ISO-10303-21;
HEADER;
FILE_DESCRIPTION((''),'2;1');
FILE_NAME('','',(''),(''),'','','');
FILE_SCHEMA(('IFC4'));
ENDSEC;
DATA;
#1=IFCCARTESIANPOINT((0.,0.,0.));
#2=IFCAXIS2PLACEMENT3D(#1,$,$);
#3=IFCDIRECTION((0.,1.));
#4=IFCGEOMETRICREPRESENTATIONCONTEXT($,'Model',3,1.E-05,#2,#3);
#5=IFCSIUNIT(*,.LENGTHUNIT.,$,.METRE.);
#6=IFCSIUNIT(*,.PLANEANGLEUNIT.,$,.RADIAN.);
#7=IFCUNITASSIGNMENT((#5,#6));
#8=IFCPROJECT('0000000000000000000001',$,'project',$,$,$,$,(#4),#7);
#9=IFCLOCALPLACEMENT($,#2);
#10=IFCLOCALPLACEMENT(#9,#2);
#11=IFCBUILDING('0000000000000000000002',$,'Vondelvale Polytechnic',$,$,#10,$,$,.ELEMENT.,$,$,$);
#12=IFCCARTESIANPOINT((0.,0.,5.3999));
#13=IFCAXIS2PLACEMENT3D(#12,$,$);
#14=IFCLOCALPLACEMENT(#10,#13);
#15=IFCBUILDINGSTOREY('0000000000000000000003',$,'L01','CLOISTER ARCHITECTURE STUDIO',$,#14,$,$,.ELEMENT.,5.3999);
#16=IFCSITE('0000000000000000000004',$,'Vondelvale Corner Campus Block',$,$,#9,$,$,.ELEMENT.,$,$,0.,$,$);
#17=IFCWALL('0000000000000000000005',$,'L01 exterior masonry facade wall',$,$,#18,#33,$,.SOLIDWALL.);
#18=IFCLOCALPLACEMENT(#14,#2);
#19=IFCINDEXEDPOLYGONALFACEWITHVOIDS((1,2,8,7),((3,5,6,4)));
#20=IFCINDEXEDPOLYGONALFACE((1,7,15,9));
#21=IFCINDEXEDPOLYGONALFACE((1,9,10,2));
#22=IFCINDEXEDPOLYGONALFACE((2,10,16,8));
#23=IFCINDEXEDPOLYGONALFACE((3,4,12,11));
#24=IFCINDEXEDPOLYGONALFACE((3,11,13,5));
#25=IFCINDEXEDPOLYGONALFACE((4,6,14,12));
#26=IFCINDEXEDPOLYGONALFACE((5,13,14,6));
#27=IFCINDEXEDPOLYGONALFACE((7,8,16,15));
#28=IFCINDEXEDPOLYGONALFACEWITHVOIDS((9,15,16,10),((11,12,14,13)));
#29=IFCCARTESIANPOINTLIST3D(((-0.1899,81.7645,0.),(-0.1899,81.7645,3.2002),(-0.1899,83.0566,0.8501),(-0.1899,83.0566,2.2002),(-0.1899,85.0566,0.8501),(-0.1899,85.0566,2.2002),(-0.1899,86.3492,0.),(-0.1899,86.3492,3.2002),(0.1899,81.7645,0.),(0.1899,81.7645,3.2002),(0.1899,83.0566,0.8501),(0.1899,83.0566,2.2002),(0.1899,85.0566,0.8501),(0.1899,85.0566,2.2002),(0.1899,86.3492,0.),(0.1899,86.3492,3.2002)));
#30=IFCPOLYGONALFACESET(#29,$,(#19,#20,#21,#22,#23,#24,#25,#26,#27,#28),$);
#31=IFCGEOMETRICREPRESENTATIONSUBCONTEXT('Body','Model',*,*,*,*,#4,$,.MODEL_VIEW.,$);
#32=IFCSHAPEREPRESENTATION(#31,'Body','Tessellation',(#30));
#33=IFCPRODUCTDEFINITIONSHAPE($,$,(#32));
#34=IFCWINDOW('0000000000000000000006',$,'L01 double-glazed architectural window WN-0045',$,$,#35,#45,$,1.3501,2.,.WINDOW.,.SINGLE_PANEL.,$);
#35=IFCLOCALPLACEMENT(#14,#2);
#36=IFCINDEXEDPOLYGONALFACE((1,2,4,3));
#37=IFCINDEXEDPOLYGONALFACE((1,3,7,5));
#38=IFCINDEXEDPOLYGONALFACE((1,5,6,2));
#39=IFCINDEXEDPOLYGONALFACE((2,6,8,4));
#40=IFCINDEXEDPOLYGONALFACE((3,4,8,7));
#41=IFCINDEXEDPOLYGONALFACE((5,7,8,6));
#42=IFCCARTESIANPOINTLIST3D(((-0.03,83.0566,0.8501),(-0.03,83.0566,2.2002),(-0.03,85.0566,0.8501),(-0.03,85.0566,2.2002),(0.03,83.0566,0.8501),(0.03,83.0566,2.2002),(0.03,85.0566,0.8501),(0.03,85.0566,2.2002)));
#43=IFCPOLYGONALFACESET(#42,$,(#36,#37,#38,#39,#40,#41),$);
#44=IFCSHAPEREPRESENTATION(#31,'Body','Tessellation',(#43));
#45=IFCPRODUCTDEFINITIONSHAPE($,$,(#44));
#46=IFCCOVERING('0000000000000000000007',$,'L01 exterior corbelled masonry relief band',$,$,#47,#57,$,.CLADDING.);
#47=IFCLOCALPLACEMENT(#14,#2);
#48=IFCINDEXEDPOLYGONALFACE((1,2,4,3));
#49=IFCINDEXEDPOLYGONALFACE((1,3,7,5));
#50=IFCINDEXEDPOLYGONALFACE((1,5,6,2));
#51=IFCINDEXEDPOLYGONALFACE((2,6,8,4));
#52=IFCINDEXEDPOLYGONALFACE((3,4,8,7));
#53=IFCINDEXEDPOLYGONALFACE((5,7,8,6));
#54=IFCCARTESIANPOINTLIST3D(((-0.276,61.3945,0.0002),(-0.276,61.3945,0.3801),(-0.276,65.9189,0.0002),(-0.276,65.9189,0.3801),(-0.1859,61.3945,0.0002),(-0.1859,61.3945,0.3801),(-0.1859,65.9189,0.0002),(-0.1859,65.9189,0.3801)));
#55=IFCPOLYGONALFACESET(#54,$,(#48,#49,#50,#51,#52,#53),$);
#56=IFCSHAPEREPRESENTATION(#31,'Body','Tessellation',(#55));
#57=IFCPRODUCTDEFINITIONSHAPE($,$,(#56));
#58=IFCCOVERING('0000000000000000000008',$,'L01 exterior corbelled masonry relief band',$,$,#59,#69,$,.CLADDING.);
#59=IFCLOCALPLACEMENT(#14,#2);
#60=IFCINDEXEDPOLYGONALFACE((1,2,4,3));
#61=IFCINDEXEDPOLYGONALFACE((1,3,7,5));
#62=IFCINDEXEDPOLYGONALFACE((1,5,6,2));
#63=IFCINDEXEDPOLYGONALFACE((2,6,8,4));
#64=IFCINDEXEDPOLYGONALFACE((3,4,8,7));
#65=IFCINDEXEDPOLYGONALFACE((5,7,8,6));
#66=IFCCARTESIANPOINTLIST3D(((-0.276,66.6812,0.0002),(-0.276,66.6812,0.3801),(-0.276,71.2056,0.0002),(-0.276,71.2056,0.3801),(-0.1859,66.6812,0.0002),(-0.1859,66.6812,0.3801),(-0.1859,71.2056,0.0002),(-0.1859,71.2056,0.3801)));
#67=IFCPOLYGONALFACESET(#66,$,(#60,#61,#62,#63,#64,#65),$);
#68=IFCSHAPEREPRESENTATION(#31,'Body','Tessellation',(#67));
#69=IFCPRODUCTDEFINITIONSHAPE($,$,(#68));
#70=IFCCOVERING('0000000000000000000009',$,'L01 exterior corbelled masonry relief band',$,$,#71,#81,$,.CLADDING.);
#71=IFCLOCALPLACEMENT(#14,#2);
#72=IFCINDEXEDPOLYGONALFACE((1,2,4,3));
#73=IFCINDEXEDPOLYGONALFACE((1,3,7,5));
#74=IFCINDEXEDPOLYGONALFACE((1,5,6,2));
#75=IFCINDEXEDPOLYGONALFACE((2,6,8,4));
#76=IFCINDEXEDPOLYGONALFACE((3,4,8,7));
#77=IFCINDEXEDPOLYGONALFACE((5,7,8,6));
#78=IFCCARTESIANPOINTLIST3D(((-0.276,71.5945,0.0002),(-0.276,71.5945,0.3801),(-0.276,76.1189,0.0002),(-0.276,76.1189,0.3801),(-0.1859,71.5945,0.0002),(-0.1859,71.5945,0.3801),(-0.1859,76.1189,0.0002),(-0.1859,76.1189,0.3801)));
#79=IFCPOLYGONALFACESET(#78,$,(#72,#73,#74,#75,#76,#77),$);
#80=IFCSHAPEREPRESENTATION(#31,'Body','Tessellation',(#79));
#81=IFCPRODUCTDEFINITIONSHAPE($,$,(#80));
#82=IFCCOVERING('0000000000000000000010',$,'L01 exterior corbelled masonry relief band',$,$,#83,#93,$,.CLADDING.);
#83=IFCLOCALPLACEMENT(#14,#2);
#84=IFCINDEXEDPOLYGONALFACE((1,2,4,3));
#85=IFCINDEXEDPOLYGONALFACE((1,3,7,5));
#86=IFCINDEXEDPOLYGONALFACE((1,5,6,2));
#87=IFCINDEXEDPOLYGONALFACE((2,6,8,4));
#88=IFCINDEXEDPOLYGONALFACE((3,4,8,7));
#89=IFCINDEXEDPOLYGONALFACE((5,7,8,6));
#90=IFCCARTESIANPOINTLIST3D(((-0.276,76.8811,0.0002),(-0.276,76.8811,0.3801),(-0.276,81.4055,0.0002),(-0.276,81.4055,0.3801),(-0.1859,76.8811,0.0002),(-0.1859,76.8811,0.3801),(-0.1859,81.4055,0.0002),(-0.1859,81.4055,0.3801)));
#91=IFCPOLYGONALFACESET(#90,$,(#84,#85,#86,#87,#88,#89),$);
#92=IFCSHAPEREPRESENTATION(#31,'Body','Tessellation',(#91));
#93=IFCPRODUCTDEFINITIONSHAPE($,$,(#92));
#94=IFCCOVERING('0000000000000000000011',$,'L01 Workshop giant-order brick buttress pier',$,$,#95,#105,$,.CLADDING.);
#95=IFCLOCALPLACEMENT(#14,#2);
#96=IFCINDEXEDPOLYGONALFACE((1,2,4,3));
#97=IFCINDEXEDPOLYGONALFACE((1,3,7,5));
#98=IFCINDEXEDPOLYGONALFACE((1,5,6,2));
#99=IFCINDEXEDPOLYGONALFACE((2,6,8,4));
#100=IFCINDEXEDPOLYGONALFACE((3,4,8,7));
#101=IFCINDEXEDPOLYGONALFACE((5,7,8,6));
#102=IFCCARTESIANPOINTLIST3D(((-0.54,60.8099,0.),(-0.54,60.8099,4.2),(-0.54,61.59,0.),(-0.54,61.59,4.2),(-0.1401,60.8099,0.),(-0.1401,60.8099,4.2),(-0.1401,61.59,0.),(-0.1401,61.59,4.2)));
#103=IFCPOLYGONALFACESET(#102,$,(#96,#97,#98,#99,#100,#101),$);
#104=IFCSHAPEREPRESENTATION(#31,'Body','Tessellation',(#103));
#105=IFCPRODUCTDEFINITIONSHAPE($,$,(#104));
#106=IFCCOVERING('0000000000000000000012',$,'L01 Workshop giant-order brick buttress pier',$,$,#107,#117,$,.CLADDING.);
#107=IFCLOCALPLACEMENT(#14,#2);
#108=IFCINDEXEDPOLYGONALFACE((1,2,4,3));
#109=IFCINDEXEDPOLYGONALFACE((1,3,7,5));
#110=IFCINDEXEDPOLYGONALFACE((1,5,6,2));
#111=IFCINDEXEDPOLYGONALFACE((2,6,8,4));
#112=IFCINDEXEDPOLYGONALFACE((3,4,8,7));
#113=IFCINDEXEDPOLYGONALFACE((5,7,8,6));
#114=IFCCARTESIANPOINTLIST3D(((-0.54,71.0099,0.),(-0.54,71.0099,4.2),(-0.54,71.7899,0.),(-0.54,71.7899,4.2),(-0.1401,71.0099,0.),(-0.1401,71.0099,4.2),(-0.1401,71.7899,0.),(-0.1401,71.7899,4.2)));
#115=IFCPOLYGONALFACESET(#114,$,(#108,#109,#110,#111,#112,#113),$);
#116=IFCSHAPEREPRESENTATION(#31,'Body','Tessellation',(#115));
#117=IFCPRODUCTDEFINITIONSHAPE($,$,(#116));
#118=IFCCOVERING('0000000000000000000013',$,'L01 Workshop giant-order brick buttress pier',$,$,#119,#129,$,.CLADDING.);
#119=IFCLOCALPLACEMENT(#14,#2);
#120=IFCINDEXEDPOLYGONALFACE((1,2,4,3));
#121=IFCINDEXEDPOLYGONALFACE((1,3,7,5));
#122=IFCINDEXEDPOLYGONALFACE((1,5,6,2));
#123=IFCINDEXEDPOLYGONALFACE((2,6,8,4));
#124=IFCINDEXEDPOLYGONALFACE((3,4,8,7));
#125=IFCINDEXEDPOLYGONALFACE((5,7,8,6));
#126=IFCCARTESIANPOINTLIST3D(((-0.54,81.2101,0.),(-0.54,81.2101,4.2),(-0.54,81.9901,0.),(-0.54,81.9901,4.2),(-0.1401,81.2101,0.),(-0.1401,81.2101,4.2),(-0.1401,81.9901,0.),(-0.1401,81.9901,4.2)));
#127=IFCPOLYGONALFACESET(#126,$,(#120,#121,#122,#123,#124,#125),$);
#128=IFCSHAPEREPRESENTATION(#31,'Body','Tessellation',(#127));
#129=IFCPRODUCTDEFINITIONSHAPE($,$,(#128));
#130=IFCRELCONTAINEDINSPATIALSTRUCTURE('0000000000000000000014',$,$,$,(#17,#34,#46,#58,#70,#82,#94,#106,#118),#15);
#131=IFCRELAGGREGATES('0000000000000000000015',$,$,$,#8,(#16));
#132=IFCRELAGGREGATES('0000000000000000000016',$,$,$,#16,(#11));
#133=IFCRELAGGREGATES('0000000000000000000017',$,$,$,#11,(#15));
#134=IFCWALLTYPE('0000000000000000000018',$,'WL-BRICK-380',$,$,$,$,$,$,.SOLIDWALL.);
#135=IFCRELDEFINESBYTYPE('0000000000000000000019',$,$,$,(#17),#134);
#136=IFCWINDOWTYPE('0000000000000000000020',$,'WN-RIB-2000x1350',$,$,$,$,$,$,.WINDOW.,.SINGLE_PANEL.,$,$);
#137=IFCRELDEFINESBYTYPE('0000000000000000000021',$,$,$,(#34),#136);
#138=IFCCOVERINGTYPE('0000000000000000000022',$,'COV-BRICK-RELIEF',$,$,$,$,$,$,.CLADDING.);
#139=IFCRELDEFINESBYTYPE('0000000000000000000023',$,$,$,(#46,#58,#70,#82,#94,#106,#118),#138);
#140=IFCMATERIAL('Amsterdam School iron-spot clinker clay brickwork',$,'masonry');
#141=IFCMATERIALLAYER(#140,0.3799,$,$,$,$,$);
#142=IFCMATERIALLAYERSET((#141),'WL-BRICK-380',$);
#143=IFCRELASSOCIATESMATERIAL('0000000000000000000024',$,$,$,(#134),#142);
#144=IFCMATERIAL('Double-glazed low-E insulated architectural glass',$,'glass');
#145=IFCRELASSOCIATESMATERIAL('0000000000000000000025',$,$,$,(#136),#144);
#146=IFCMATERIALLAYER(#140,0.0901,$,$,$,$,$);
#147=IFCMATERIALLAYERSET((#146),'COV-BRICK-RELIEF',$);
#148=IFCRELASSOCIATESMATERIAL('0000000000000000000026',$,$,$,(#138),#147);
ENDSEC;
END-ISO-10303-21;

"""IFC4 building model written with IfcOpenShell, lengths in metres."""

from ifc_helpers import new_model, si_unit, direction, frame, frame_2d, origin, origin_2d, place, context, subcontext, project, spatial, rectangle, extrude, material, layer, layer_set, type_object, element, fill, save


model = new_model("IFC4")

# Units and contexts
model_context = context("Model", 3, precision=1e-05, world=origin(), true_north=direction((0.0, 1.0)))
body_context = subcontext(model_context, "Body", "Model", "MODEL_VIEW")
ifc_project = project(units=[si_unit("LENGTHUNIT", "METRE"), si_unit("PLANEANGLEUNIT", "RADIAN")], contexts=[model_context])

# Site, building, storey
site_placement = place(None, origin())
site = spatial("IfcSite", under=ifc_project, at=site_placement, Name="Vondelvale Corner Campus Block", CompositionType="ELEMENT", RefElevation=0.0)
building_placement = place(site_placement, origin())
building = spatial("IfcBuilding", under=site, at=building_placement, Name="Vondelvale Polytechnic", CompositionType="ELEMENT")
storey_placement = place(building_placement, frame((0.0, 0.0, 5.3999)))
storey = spatial("IfcBuildingStorey", under=building, at=storey_placement, Name="L01", Description="CLOISTER ARCHITECTURE STUDIO", CompositionType="ELEMENT", Elevation=5.3999)

# Wall, opening, window
ifc_material_1 = material(Name="Amsterdam School iron-spot clinker clay brickwork", Category="masonry")
ifc_layer_1 = layer(ifc_material_1, 0.3799)
ifc_layer_set_1 = layer_set([ifc_layer_1], Name="WL-BRICK-380")
wall_type = type_object("IfcWallType", Name="WL-BRICK-380", PredefinedType="SOLIDWALL", material=ifc_layer_set_1)
ifc_material_2 = material(Name="Double-glazed low-E insulated architectural glass", Category="glass")
window_type = type_object("IfcWindowType", Name="WN-RIB-2000x1350", PartitioningType="SINGLE_PANEL", PredefinedType="WINDOW", material=ifc_material_2)
wall_1_placement = place(storey_placement, frame((0.0, 81.7644, 0.0), z_axis=(0.0, 0.0, 1.0), x_axis=(0.0, 1.0, 0.0)))
wall_1 = element("IfcWall", 1, at=wall_1_placement, inside=storey, type_object=wall_type, Name="L01 exterior masonry facade wall", PredefinedType="SOLIDWALL", context=body_context, shape_type="SweptSolid", body=[
    extrude(rectangle(XDim=4.5847, YDim=0.3799, at=frame_2d((2.2925, 0.0))), origin(), (0.0, 0.0, 1.0), 3.2002),
])
opening_1_placement = place(wall_1_placement, frame((1.2922, 0.0, 0.8501)))
opening_1 = element("IfcOpeningElement", 2, at=opening_1_placement, cuts=wall_1, PredefinedType="OPENING", context=body_context, shape_type="SweptSolid", body=[
    extrude(rectangle(XDim=2.0, YDim=1.3501, at=frame_2d((1.0, 0.675))), frame((0.0, 0.2, 0.0), z_axis=(0.0, -1.0, 0.0), x_axis=(1.0, 0.0, 0.0)), (0.0, 0.0, 1.0), 0.3999),
])
window_1_placement = place(opening_1_placement, origin())
window_1 = element("IfcWindow", 3, at=window_1_placement, inside=storey, type_object=window_type, Name="L01 double-glazed architectural window WN-0045", OverallHeight=1.3501, OverallWidth=2.0, PartitioningType="SINGLE_PANEL", PredefinedType="WINDOW", context=body_context, shape_type="SweptSolid", body=[
    extrude(rectangle(XDim=2.0, YDim=1.3501, at=frame_2d((1.0, 0.675))), frame((0.0, 0.03, 0.0), z_axis=(0.0, -1.0, 0.0), x_axis=(1.0, 0.0, 0.0)), (0.0, 0.0, 1.0), 0.0601),
])
fill(opening_1, window_1)

# Coverings
ifc_layer_2 = layer(ifc_material_1, 0.0901)
ifc_layer_set_2 = layer_set([ifc_layer_2], Name="COV-BRICK-RELIEF")
covering_type = type_object("IfcCoveringType", Name="COV-BRICK-RELIEF", PredefinedType="CLADDING", material=ifc_layer_set_2)
for number, where, z_axis, x_axis, name in (
    (4, (-0.231, 63.6567, 0.0002), (0.0, 0.0, 1.0), (0.0, 1.0, 0.0), "L01 exterior corbelled masonry relief band"),
    (5, (-0.231, 68.9434, 0.0002), (0.0, 0.0, 1.0), (0.0, 1.0, 0.0), "L01 exterior corbelled masonry relief band"),
    (6, (-0.231, 73.8567, 0.0002), (0.0, 0.0, 1.0), (0.0, 1.0, 0.0), "L01 exterior corbelled masonry relief band"),
    (7, (-0.231, 79.1433, 0.0002), (0.0, 0.0, 1.0), (0.0, 1.0, 0.0), "L01 exterior corbelled masonry relief band"),
):
    element("IfcCovering", number, at=place(storey_placement, frame(where, z_axis=z_axis, x_axis=x_axis)), inside=storey, type_object=covering_type, Name=name, PredefinedType="CLADDING", context=body_context, shape_type="SweptSolid", body=[
        extrude(rectangle(XDim=4.5244, YDim=0.0901, at=origin_2d()), origin(), (0.0, 0.0, 1.0), 0.3799),
    ])
for number, where, z_axis, x_axis, name in (
    (8, (-0.3401, 61.2, 0.0), (0.0, 0.0, 1.0), (1.0, 0.0, 0.0), "L01 Workshop giant-order brick buttress pier"),
    (9, (-0.3401, 71.3999, 0.0), (0.0, 0.0, 1.0), (1.0, 0.0, 0.0), "L01 Workshop giant-order brick buttress pier"),
    (10, (-0.3401, 81.6001, 0.0), (0.0, 0.0, 1.0), (1.0, 0.0, 0.0), "L01 Workshop giant-order brick buttress pier"),
):
    element("IfcCovering", number, at=place(storey_placement, frame(where, z_axis=z_axis, x_axis=x_axis)), inside=storey, type_object=covering_type, Name=name, PredefinedType="CLADDING", context=body_context, shape_type="SweptSolid", body=[
        extrude(rectangle(XDim=0.3999, YDim=0.78, at=origin_2d()), origin(), (0.0, 0.0, 1.0), 4.2),
    ])

save(model, "model.ifc")
